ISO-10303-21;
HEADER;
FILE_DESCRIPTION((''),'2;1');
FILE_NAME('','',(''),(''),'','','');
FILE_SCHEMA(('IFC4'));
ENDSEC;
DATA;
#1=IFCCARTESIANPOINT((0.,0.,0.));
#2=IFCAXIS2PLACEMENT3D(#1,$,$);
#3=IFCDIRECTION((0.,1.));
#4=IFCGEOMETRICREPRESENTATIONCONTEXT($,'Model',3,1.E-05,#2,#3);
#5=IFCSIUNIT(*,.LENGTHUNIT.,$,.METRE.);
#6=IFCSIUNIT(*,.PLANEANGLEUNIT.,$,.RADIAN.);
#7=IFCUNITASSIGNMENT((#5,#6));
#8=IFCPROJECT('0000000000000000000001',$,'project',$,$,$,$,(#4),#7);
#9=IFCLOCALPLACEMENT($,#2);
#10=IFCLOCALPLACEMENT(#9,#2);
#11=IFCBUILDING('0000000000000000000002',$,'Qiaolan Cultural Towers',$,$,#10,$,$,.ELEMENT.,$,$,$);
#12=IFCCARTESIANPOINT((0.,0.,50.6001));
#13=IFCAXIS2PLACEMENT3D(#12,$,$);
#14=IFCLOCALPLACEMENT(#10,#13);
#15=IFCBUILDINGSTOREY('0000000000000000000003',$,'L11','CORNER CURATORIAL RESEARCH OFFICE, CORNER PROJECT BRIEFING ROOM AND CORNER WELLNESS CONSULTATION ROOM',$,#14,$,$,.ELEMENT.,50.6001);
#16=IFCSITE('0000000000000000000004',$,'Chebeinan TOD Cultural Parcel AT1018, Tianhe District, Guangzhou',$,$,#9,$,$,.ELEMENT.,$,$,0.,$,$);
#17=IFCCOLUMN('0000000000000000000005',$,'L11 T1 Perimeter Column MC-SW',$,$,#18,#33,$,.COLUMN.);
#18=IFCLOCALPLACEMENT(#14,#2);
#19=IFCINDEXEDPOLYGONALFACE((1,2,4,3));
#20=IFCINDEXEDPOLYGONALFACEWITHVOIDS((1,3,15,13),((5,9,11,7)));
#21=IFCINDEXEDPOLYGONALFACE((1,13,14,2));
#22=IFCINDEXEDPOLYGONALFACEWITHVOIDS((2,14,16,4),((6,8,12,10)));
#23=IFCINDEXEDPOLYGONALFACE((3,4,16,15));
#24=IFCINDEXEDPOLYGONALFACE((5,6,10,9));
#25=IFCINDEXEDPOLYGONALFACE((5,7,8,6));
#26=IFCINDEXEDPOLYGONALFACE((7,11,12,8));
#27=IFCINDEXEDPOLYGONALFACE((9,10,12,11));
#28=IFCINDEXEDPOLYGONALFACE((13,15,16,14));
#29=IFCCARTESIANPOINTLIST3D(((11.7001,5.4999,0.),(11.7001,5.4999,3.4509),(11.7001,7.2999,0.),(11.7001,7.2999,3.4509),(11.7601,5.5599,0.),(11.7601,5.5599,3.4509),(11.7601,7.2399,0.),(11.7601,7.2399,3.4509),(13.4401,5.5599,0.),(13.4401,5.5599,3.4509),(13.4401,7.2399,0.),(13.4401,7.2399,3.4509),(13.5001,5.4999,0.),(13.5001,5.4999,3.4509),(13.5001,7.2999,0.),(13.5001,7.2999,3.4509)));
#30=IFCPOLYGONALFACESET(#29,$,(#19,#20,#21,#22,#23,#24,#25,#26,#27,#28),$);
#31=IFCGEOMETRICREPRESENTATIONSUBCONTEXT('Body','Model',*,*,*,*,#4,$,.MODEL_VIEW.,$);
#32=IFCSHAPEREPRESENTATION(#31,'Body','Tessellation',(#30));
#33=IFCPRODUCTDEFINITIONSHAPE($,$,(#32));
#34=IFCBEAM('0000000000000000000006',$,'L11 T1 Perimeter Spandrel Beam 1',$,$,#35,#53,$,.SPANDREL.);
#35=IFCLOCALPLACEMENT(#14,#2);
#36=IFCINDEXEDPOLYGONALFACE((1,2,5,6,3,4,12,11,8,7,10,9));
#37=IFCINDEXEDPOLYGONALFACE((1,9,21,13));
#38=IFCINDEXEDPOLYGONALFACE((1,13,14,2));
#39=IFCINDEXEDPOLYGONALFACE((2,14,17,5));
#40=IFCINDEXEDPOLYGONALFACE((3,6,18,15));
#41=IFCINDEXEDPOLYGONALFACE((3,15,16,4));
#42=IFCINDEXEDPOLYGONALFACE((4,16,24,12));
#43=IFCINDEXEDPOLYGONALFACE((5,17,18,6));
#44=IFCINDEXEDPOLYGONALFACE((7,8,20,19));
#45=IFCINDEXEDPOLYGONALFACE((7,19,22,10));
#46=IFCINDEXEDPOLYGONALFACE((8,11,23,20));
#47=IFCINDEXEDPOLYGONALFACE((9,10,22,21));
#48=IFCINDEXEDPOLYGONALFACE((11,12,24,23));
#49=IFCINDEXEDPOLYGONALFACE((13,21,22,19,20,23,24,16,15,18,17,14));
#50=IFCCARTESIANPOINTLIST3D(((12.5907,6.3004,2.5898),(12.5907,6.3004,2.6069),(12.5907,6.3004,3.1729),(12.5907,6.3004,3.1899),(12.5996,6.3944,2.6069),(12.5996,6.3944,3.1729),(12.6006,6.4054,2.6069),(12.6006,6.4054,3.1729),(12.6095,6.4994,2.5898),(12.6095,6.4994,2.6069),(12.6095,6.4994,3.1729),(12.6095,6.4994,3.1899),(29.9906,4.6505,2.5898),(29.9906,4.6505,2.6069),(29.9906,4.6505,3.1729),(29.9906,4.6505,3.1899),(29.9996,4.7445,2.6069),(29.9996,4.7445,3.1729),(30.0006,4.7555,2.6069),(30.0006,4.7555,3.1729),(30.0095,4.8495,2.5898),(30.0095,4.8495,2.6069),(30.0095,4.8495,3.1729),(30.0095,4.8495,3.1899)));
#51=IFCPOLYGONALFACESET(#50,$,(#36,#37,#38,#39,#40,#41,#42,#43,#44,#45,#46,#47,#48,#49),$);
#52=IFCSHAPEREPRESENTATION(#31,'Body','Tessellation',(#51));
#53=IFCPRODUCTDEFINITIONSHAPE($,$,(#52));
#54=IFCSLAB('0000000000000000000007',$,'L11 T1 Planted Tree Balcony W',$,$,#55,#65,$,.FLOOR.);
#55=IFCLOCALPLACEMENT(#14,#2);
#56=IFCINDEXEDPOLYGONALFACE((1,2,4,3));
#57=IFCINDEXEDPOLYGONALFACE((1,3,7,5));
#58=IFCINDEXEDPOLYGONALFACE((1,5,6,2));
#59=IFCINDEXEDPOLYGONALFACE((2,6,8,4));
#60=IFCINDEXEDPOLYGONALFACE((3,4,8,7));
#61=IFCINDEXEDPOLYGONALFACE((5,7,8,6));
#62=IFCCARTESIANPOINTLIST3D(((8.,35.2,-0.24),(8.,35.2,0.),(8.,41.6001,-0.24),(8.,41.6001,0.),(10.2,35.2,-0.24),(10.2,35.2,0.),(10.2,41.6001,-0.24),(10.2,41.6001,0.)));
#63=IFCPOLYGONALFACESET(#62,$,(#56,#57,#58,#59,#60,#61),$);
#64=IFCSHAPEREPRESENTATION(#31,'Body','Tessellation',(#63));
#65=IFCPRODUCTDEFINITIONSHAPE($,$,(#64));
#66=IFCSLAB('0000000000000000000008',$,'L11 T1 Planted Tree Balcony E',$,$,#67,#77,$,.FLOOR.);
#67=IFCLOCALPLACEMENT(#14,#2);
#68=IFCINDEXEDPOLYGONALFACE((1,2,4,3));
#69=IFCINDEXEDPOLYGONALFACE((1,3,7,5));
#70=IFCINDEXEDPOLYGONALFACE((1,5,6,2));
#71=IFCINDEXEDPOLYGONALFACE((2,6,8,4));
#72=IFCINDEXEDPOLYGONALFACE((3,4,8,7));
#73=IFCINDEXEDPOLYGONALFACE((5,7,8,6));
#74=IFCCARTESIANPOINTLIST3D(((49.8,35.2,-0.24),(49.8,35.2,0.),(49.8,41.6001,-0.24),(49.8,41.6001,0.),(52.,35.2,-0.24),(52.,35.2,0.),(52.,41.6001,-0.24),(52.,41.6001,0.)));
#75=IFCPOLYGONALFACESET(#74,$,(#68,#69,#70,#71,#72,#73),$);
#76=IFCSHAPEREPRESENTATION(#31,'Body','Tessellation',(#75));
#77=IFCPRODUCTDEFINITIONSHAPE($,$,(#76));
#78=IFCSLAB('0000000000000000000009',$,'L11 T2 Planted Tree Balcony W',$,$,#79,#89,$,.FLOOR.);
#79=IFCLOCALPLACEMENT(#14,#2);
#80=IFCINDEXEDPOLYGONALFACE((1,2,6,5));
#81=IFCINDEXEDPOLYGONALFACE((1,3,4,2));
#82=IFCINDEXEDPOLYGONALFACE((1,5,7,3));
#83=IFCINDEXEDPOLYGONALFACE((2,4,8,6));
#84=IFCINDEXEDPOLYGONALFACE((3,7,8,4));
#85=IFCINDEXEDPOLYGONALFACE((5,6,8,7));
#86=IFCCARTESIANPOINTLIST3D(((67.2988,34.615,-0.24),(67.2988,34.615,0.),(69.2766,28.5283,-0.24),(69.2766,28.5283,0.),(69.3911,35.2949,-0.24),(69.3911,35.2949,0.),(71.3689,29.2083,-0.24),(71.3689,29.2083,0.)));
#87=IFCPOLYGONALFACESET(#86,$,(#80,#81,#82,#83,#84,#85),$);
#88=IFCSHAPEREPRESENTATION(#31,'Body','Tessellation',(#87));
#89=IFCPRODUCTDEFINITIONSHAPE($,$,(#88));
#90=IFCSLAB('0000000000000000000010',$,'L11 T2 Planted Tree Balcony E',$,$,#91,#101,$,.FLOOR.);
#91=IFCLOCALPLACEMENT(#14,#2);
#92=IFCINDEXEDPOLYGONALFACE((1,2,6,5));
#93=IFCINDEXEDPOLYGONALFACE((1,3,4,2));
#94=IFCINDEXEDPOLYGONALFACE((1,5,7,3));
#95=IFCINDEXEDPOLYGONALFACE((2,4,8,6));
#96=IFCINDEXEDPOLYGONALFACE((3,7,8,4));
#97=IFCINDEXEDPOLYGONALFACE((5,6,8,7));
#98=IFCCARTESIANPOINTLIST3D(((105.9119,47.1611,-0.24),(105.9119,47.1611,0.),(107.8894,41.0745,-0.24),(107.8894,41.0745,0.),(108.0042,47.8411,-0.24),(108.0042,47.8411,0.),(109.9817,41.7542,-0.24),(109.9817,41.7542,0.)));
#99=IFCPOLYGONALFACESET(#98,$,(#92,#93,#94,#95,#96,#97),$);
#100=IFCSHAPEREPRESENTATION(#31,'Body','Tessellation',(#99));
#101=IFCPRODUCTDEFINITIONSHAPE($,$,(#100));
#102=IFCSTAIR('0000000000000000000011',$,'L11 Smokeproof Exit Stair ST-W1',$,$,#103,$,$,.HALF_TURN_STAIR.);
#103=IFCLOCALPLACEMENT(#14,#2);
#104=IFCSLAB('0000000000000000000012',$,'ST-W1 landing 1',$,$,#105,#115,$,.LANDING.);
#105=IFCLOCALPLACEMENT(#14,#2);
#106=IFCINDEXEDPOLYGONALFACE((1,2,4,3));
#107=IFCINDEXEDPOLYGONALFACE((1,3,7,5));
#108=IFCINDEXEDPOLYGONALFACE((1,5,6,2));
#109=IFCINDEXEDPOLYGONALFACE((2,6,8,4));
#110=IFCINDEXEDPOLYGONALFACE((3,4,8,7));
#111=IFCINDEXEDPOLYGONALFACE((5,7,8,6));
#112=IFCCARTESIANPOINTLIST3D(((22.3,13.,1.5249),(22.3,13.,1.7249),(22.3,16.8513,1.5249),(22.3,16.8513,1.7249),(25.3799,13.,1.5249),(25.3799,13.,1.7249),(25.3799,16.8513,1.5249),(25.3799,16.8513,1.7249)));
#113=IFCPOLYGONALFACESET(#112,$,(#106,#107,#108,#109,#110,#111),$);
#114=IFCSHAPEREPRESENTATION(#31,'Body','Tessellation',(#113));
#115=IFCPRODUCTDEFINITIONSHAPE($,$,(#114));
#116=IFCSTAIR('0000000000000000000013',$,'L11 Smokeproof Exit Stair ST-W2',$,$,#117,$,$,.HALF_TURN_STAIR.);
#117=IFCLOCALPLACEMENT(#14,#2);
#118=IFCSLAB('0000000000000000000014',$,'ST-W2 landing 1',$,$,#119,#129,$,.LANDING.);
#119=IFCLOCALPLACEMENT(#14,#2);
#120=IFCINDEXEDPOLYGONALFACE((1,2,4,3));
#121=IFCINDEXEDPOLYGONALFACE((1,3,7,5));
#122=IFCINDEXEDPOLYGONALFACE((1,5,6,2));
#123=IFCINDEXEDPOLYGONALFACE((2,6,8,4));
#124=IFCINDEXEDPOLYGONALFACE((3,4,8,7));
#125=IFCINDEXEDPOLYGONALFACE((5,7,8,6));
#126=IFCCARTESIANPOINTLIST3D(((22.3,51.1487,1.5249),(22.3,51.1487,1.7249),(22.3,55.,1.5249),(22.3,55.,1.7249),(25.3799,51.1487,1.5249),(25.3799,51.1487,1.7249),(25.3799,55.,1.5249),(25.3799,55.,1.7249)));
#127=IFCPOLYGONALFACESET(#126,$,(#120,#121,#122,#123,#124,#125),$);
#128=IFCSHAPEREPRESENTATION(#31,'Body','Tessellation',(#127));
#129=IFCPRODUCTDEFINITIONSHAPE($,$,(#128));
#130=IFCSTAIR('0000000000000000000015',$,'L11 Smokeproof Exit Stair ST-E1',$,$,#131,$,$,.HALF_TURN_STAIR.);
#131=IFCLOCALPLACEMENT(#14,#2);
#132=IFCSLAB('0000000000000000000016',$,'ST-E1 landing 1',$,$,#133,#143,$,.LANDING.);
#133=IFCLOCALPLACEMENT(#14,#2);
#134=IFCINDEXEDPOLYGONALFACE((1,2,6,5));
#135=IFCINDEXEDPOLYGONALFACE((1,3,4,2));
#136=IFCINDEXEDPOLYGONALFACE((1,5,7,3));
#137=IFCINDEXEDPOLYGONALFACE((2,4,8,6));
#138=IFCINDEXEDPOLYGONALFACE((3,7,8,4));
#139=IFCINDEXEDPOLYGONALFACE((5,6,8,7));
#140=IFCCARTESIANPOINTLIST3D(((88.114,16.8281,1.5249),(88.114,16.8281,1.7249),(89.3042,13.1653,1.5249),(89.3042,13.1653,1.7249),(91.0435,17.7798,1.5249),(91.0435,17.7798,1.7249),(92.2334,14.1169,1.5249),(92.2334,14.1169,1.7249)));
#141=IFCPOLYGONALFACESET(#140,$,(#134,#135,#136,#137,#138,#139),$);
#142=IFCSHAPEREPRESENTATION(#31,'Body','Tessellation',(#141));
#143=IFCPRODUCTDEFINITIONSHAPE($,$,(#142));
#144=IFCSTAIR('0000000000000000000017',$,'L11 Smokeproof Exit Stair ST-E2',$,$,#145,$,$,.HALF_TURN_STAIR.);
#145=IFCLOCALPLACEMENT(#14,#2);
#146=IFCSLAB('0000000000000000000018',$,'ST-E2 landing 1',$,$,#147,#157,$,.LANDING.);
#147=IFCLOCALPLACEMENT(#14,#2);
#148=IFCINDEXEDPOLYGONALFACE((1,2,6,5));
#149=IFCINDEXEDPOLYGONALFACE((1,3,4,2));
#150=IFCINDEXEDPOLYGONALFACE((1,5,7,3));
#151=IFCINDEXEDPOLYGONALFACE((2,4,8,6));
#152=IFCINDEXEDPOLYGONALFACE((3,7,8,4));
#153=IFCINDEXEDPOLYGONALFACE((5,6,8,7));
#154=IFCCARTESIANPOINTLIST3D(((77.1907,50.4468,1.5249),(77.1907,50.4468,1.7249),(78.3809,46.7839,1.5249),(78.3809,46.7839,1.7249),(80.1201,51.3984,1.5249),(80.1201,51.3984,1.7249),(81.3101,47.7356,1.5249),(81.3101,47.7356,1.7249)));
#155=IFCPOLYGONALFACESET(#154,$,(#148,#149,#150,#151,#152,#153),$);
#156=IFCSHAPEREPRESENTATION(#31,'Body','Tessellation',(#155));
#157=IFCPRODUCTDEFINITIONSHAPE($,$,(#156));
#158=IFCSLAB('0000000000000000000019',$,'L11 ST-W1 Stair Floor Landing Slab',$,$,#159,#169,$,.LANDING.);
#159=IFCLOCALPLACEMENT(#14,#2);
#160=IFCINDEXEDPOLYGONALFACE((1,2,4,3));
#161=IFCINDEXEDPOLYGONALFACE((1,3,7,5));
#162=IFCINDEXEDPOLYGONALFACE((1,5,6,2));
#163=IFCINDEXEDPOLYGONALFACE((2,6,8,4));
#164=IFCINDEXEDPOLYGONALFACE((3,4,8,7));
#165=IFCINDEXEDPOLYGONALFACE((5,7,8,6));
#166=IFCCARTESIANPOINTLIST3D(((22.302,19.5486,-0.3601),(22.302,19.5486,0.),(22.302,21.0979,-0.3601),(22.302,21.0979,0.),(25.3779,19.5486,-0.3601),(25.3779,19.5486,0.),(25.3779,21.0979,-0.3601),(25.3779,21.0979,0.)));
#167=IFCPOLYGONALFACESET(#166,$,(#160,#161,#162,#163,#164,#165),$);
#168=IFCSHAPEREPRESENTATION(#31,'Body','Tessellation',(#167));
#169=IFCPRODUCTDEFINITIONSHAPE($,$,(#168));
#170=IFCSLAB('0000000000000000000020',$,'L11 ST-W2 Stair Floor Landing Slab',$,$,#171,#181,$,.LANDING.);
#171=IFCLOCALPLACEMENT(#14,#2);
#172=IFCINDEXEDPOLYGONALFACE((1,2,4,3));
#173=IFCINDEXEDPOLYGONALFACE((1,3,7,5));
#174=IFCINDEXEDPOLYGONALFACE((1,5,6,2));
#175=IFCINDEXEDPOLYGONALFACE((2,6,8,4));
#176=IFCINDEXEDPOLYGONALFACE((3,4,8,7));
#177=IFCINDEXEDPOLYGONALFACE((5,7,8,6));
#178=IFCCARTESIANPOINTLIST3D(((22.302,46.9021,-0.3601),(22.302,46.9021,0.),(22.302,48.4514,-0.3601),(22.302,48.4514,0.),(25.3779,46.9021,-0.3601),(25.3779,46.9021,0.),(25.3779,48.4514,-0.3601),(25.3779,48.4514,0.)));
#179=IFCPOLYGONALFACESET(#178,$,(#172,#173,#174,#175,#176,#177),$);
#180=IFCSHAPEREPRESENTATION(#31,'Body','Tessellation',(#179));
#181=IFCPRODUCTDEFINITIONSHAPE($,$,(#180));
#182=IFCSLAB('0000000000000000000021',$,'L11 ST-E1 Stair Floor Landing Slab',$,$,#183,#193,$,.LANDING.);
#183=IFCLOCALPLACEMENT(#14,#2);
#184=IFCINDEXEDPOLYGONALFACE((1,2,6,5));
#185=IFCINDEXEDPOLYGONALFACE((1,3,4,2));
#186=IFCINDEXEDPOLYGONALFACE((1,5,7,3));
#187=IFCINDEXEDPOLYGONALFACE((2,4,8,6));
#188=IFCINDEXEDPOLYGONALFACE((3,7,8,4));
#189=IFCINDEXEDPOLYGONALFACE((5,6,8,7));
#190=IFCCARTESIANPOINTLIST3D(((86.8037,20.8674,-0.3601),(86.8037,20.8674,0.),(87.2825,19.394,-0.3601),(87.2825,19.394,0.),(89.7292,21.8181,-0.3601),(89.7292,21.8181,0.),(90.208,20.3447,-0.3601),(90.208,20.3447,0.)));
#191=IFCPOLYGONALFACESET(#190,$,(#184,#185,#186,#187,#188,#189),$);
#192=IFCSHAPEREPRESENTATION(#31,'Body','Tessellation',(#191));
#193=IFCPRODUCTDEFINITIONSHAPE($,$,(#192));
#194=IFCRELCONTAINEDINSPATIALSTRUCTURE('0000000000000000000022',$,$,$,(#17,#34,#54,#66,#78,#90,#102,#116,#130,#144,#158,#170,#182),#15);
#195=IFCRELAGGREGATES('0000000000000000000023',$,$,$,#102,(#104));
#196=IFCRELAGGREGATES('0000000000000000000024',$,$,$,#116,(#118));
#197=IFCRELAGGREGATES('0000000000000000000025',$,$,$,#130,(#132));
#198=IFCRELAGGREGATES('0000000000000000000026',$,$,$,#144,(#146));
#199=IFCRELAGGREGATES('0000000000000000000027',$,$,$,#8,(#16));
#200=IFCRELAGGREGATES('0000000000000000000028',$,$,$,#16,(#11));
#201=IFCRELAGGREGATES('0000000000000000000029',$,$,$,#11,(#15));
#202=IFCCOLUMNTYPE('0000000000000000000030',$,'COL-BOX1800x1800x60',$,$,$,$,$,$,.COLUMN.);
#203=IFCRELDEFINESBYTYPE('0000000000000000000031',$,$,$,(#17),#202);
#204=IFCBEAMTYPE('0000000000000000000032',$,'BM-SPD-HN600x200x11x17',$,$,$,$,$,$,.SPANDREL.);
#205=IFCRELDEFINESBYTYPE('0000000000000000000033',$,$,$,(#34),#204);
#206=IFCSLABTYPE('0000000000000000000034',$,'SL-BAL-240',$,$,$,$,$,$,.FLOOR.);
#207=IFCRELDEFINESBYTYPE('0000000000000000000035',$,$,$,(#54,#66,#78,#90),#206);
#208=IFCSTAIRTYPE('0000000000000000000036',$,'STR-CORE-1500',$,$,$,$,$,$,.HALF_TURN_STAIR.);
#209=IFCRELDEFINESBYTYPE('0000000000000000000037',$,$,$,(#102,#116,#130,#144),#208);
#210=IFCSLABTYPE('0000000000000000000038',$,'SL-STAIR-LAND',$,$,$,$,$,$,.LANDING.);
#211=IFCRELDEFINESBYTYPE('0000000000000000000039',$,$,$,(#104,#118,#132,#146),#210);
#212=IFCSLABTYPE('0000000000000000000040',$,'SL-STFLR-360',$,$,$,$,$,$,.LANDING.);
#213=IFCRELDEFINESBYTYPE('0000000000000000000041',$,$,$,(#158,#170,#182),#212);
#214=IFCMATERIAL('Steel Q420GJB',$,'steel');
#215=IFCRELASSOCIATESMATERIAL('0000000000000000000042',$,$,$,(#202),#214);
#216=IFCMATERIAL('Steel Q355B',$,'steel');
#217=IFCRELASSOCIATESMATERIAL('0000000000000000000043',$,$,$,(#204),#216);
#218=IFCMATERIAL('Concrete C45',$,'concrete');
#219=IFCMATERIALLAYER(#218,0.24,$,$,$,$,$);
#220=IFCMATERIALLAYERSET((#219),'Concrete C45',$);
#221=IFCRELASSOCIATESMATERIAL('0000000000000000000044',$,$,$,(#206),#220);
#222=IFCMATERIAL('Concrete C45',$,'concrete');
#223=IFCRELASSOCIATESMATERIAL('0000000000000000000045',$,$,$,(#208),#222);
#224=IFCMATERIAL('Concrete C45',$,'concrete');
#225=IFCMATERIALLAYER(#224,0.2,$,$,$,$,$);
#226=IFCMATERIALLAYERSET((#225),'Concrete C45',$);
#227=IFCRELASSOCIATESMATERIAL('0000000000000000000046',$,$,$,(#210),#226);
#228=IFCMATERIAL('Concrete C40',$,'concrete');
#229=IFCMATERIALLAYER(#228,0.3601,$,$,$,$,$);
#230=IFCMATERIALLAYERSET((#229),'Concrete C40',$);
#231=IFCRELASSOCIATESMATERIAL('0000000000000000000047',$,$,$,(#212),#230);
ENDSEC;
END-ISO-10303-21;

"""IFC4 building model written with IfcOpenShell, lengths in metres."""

from ifc_helpers import new_model, si_unit, direction, frame, origin, origin_2d, place, context, subcontext, project, spatial, polyline, hollow_rectangle, i_section, outline, extrude, material, layer, layer_set, material_profile, profile_set, type_object, element, aggregate, save


model = new_model("IFC4")

# Units and contexts
model_context = context("Model", 3, precision=1e-05, world=origin(), true_north=direction((0.0, 1.0)))
body_context = subcontext(model_context, "Body", "Model", "MODEL_VIEW")
ifc_project = project(units=[si_unit("LENGTHUNIT", "METRE"), si_unit("PLANEANGLEUNIT", "RADIAN")], contexts=[model_context])

# Site, building, storey
site_placement = place(None, origin())
site = spatial("IfcSite", under=ifc_project, at=site_placement, Name="Chebeinan TOD Cultural Parcel AT1018, Tianhe District, Guangzhou", CompositionType="ELEMENT", RefElevation=0.0)
building_placement = place(site_placement, origin())
building = spatial("IfcBuilding", under=site, at=building_placement, Name="Qiaolan Cultural Towers", CompositionType="ELEMENT")
storey_placement = place(building_placement, frame((0.0, 0.0, 50.6001)))
storey = spatial("IfcBuildingStorey", under=building, at=storey_placement, Name="L11", Description="CORNER CURATORIAL RESEARCH OFFICE, CORNER PROJECT BRIEFING ROOM AND CORNER WELLNESS CONSULTATION ROOM", CompositionType="ELEMENT", Elevation=50.6001)

# Column
ifc_material_1 = material(Name="Steel Q420GJB", Category="steel")
ifc_material_profile_1 = material_profile(ifc_material_1, hollow_rectangle(XDim=1.8, YDim=1.8, WallThickness=0.0601, at=origin_2d()), Name="BOX1800x1800x60")
ifc_profile_set_1 = profile_set([ifc_material_profile_1], Name="Steel Q420GJB")
column_type = type_object("IfcColumnType", Name="COL-BOX1800x1800x60", PredefinedType="COLUMN", material=ifc_profile_set_1)
column_placement = place(storey_placement, frame((12.6001, 6.3999, 0.0), z_axis=(0.0, 0.0, 1.0), x_axis=(1.0, 0.0, 0.0)))
element("IfcColumn", 1, at=column_placement, inside=storey, type_object=column_type, Name="L11 T1 Perimeter Column MC-SW", PredefinedType="COLUMN", context=body_context, shape_type="SweptSolid", body=[
    extrude(hollow_rectangle(XDim=1.8, YDim=1.8, WallThickness=0.0601, at=origin_2d()), origin(), (0.0, 0.0, 1.0), 3.4509),
])

# Beam
ifc_material_2 = material(Name="Steel Q355B", Category="steel")
ifc_material_profile_2 = material_profile(ifc_material_2, i_section(OverallWidth=0.2, OverallDepth=0.6001, WebThickness=0.011, FlangeThickness=0.0171, at=origin_2d()), Name="HN600x200x11x17")
ifc_profile_set_2 = profile_set([ifc_material_profile_2], Name="Steel Q355B")
beam_type = type_object("IfcBeamType", Name="BM-SPD-HN600x200x11x17", PredefinedType="SPANDREL", material=ifc_profile_set_2)
beam_placement = place(storey_placement, frame((12.6001, 6.3999, 2.8899), z_axis=(0.995534, -0.094399, 0.0), x_axis=(0.094399, 0.995534, 0.0)))
element("IfcBeam", 2, at=beam_placement, inside=storey, type_object=beam_type, Name="L11 T1 Perimeter Spandrel Beam 1", PredefinedType="SPANDREL", context=body_context, shape_type="SweptSolid", body=[
    extrude(i_section(OverallWidth=0.2, OverallDepth=0.6001, WebThickness=0.011, FlangeThickness=0.0171, at=origin_2d()), origin(), (0.0, 0.0, 1.0), 17.478),
])

# Slabs
ifc_material_3 = material(Name="Concrete C45", Category="concrete")
ifc_layer_1 = layer(ifc_material_3, 0.24)
ifc_layer_set_1 = layer_set([ifc_layer_1], Name="Concrete C45")
slab_type_1 = type_object("IfcSlabType", Name="SL-BAL-240", PredefinedType="FLOOR", material=ifc_layer_set_1)
slab_1_placement = place(storey_placement, frame((0.0, 0.0, -0.24)))
element("IfcSlab", 3, at=slab_1_placement, inside=storey, type_object=slab_type_1, Name="L11 T1 Planted Tree Balcony W", PredefinedType="FLOOR", context=body_context, shape_type="SweptSolid", body=[
    extrude(outline(polyline([(8.0, 35.2), (10.2, 35.2), (10.2, 41.6001), (8.0, 41.6001), (8.0, 35.2)])), origin(), (0.0, 0.0, 1.0), 0.24),
])
slab_2_placement = place(storey_placement, frame((0.0, 0.0, -0.24)))
element("IfcSlab", 4, at=slab_2_placement, inside=storey, type_object=slab_type_1, Name="L11 T1 Planted Tree Balcony E", PredefinedType="FLOOR", context=body_context, shape_type="SweptSolid", body=[
    extrude(outline(polyline([(49.8, 35.2), (52.0, 35.2), (52.0, 41.6001), (49.8, 41.6001), (49.8, 35.2)])), origin(), (0.0, 0.0, 1.0), 0.24),
])
slab_3_placement = place(storey_placement, frame((0.0, 0.0, -0.24)))
element("IfcSlab", 5, at=slab_3_placement, inside=storey, type_object=slab_type_1, Name="L11 T2 Planted Tree Balcony W", PredefinedType="FLOOR", context=body_context, shape_type="SweptSolid", body=[
    extrude(outline(polyline([(69.2766, 28.5283), (71.3689, 29.2083), (69.3911, 35.2949), (67.2988, 34.615), (69.2766, 28.5283)])), origin(), (0.0, 0.0, 1.0), 0.24),
])
slab_4_placement = place(storey_placement, frame((0.0, 0.0, -0.24)))
element("IfcSlab", 6, at=slab_4_placement, inside=storey, type_object=slab_type_1, Name="L11 T2 Planted Tree Balcony E", PredefinedType="FLOOR", context=body_context, shape_type="SweptSolid", body=[
    extrude(outline(polyline([(107.8894, 41.0745), (109.9817, 41.7542), (108.0042, 47.8411), (105.9119, 47.1611), (107.8894, 41.0745)])), origin(), (0.0, 0.0, 1.0), 0.24),
])

# Stairs, slabs
ifc_material_4 = material(Name="Concrete C45", Category="concrete")
stair_type = type_object("IfcStairType", Name="STR-CORE-1500", PredefinedType="HALF_TURN_STAIR", material=ifc_material_4)
stair_1_placement = place(storey_placement, origin())
stair_1 = element("IfcStair", 7, at=stair_1_placement, inside=storey, type_object=stair_type, Name="L11 Smokeproof Exit Stair ST-W1", PredefinedType="HALF_TURN_STAIR")
ifc_material_5 = material(Name="Concrete C45", Category="concrete")
ifc_layer_2 = layer(ifc_material_5, 0.2)
ifc_layer_set_2 = layer_set([ifc_layer_2], Name="Concrete C45")
slab_type_2 = type_object("IfcSlabType", Name="SL-STAIR-LAND", PredefinedType="LANDING", material=ifc_layer_set_2)
slab_5_placement = place(storey_placement, frame((0.0, 0.0, 1.5249)))
slab_5 = element("IfcSlab", 8, at=slab_5_placement, type_object=slab_type_2, Name="ST-W1 landing 1", PredefinedType="LANDING", context=body_context, shape_type="SweptSolid", body=[
    extrude(outline(polyline([(22.3, 16.8513), (22.3, 13.0), (25.3799, 13.0), (25.3799, 16.8513), (22.3, 16.8513)])), origin(), (0.0, 0.0, 1.0), 0.2),
])
aggregate(stair_1, [slab_5])
stair_2_placement = place(storey_placement, origin())
stair_2 = element("IfcStair", 9, at=stair_2_placement, inside=storey, type_object=stair_type, Name="L11 Smokeproof Exit Stair ST-W2", PredefinedType="HALF_TURN_STAIR")
slab_6_placement = place(storey_placement, frame((0.0, 0.0, 1.5249)))
slab_6 = element("IfcSlab", 10, at=slab_6_placement, type_object=slab_type_2, Name="ST-W2 landing 1", PredefinedType="LANDING", context=body_context, shape_type="SweptSolid", body=[
    extrude(outline(polyline([(25.3799, 51.1487), (25.3799, 55.0), (22.3, 55.0), (22.3, 51.1487), (25.3799, 51.1487)])), origin(), (0.0, 0.0, 1.0), 0.2),
])
aggregate(stair_2, [slab_6])
stair_3_placement = place(storey_placement, origin())
stair_3 = element("IfcStair", 11, at=stair_3_placement, inside=storey, type_object=stair_type, Name="L11 Smokeproof Exit Stair ST-E1", PredefinedType="HALF_TURN_STAIR")
slab_7_placement = place(storey_placement, frame((0.0, 0.0, 1.5249)))
slab_7 = element("IfcSlab", 12, at=slab_7_placement, type_object=slab_type_2, Name="ST-E1 landing 1", PredefinedType="LANDING", context=body_context, shape_type="SweptSolid", body=[
    extrude(outline(polyline([(88.114, 16.8281), (89.3042, 13.1653), (92.2334, 14.1169), (91.0435, 17.7798), (88.114, 16.8281)])), origin(), (0.0, 0.0, 1.0), 0.2),
])
aggregate(stair_3, [slab_7])
stair_4_placement = place(storey_placement, origin())
stair_4 = element("IfcStair", 13, at=stair_4_placement, inside=storey, type_object=stair_type, Name="L11 Smokeproof Exit Stair ST-E2", PredefinedType="HALF_TURN_STAIR")
slab_8_placement = place(storey_placement, frame((0.0, 0.0, 1.5249)))
slab_8 = element("IfcSlab", 14, at=slab_8_placement, type_object=slab_type_2, Name="ST-E2 landing 1", PredefinedType="LANDING", context=body_context, shape_type="SweptSolid", body=[
    extrude(outline(polyline([(81.3101, 47.7356), (80.1201, 51.3984), (77.1907, 50.4468), (78.3809, 46.7839), (81.3101, 47.7356)])), origin(), (0.0, 0.0, 1.0), 0.2),
])
aggregate(stair_4, [slab_8])

# Slabs
ifc_material_6 = material(Name="Concrete C40", Category="concrete")
ifc_layer_3 = layer(ifc_material_6, 0.3601)
ifc_layer_set_3 = layer_set([ifc_layer_3], Name="Concrete C40")
slab_type_3 = type_object("IfcSlabType", Name="SL-STFLR-360", PredefinedType="LANDING", material=ifc_layer_set_3)
slab_9_placement = place(storey_placement, frame((0.0, 0.0, -0.3601)))
element("IfcSlab", 15, at=slab_9_placement, inside=storey, type_object=slab_type_3, Name="L11 ST-W1 Stair Floor Landing Slab", PredefinedType="LANDING", context=body_context, shape_type="SweptSolid", body=[
    extrude(outline(polyline([(22.302, 21.0979), (22.302, 19.5486), (25.3779, 19.5486), (25.3779, 21.0979), (22.302, 21.0979)])), origin(), (0.0, 0.0, 1.0), 0.3601),
])
slab_10_placement = place(storey_placement, frame((0.0, 0.0, -0.3601)))
element("IfcSlab", 16, at=slab_10_placement, inside=storey, type_object=slab_type_3, Name="L11 ST-W2 Stair Floor Landing Slab", PredefinedType="LANDING", context=body_context, shape_type="SweptSolid", body=[
    extrude(outline(polyline([(25.3779, 46.9021), (25.3779, 48.4514), (22.302, 48.4514), (22.302, 46.9021), (25.3779, 46.9021)])), origin(), (0.0, 0.0, 1.0), 0.3601),
])
slab_11_placement = place(storey_placement, frame((0.0, 0.0, -0.3601)))
element("IfcSlab", 17, at=slab_11_placement, inside=storey, type_object=slab_type_3, Name="L11 ST-E1 Stair Floor Landing Slab", PredefinedType="LANDING", context=body_context, shape_type="SweptSolid", body=[
    extrude(outline(polyline([(86.8037, 20.8674), (87.2825, 19.394), (90.208, 20.3447), (89.7292, 21.8181), (86.8037, 20.8674)])), origin(), (0.0, 0.0, 1.0), 0.3601),
])

save(model, "model.ifc")
